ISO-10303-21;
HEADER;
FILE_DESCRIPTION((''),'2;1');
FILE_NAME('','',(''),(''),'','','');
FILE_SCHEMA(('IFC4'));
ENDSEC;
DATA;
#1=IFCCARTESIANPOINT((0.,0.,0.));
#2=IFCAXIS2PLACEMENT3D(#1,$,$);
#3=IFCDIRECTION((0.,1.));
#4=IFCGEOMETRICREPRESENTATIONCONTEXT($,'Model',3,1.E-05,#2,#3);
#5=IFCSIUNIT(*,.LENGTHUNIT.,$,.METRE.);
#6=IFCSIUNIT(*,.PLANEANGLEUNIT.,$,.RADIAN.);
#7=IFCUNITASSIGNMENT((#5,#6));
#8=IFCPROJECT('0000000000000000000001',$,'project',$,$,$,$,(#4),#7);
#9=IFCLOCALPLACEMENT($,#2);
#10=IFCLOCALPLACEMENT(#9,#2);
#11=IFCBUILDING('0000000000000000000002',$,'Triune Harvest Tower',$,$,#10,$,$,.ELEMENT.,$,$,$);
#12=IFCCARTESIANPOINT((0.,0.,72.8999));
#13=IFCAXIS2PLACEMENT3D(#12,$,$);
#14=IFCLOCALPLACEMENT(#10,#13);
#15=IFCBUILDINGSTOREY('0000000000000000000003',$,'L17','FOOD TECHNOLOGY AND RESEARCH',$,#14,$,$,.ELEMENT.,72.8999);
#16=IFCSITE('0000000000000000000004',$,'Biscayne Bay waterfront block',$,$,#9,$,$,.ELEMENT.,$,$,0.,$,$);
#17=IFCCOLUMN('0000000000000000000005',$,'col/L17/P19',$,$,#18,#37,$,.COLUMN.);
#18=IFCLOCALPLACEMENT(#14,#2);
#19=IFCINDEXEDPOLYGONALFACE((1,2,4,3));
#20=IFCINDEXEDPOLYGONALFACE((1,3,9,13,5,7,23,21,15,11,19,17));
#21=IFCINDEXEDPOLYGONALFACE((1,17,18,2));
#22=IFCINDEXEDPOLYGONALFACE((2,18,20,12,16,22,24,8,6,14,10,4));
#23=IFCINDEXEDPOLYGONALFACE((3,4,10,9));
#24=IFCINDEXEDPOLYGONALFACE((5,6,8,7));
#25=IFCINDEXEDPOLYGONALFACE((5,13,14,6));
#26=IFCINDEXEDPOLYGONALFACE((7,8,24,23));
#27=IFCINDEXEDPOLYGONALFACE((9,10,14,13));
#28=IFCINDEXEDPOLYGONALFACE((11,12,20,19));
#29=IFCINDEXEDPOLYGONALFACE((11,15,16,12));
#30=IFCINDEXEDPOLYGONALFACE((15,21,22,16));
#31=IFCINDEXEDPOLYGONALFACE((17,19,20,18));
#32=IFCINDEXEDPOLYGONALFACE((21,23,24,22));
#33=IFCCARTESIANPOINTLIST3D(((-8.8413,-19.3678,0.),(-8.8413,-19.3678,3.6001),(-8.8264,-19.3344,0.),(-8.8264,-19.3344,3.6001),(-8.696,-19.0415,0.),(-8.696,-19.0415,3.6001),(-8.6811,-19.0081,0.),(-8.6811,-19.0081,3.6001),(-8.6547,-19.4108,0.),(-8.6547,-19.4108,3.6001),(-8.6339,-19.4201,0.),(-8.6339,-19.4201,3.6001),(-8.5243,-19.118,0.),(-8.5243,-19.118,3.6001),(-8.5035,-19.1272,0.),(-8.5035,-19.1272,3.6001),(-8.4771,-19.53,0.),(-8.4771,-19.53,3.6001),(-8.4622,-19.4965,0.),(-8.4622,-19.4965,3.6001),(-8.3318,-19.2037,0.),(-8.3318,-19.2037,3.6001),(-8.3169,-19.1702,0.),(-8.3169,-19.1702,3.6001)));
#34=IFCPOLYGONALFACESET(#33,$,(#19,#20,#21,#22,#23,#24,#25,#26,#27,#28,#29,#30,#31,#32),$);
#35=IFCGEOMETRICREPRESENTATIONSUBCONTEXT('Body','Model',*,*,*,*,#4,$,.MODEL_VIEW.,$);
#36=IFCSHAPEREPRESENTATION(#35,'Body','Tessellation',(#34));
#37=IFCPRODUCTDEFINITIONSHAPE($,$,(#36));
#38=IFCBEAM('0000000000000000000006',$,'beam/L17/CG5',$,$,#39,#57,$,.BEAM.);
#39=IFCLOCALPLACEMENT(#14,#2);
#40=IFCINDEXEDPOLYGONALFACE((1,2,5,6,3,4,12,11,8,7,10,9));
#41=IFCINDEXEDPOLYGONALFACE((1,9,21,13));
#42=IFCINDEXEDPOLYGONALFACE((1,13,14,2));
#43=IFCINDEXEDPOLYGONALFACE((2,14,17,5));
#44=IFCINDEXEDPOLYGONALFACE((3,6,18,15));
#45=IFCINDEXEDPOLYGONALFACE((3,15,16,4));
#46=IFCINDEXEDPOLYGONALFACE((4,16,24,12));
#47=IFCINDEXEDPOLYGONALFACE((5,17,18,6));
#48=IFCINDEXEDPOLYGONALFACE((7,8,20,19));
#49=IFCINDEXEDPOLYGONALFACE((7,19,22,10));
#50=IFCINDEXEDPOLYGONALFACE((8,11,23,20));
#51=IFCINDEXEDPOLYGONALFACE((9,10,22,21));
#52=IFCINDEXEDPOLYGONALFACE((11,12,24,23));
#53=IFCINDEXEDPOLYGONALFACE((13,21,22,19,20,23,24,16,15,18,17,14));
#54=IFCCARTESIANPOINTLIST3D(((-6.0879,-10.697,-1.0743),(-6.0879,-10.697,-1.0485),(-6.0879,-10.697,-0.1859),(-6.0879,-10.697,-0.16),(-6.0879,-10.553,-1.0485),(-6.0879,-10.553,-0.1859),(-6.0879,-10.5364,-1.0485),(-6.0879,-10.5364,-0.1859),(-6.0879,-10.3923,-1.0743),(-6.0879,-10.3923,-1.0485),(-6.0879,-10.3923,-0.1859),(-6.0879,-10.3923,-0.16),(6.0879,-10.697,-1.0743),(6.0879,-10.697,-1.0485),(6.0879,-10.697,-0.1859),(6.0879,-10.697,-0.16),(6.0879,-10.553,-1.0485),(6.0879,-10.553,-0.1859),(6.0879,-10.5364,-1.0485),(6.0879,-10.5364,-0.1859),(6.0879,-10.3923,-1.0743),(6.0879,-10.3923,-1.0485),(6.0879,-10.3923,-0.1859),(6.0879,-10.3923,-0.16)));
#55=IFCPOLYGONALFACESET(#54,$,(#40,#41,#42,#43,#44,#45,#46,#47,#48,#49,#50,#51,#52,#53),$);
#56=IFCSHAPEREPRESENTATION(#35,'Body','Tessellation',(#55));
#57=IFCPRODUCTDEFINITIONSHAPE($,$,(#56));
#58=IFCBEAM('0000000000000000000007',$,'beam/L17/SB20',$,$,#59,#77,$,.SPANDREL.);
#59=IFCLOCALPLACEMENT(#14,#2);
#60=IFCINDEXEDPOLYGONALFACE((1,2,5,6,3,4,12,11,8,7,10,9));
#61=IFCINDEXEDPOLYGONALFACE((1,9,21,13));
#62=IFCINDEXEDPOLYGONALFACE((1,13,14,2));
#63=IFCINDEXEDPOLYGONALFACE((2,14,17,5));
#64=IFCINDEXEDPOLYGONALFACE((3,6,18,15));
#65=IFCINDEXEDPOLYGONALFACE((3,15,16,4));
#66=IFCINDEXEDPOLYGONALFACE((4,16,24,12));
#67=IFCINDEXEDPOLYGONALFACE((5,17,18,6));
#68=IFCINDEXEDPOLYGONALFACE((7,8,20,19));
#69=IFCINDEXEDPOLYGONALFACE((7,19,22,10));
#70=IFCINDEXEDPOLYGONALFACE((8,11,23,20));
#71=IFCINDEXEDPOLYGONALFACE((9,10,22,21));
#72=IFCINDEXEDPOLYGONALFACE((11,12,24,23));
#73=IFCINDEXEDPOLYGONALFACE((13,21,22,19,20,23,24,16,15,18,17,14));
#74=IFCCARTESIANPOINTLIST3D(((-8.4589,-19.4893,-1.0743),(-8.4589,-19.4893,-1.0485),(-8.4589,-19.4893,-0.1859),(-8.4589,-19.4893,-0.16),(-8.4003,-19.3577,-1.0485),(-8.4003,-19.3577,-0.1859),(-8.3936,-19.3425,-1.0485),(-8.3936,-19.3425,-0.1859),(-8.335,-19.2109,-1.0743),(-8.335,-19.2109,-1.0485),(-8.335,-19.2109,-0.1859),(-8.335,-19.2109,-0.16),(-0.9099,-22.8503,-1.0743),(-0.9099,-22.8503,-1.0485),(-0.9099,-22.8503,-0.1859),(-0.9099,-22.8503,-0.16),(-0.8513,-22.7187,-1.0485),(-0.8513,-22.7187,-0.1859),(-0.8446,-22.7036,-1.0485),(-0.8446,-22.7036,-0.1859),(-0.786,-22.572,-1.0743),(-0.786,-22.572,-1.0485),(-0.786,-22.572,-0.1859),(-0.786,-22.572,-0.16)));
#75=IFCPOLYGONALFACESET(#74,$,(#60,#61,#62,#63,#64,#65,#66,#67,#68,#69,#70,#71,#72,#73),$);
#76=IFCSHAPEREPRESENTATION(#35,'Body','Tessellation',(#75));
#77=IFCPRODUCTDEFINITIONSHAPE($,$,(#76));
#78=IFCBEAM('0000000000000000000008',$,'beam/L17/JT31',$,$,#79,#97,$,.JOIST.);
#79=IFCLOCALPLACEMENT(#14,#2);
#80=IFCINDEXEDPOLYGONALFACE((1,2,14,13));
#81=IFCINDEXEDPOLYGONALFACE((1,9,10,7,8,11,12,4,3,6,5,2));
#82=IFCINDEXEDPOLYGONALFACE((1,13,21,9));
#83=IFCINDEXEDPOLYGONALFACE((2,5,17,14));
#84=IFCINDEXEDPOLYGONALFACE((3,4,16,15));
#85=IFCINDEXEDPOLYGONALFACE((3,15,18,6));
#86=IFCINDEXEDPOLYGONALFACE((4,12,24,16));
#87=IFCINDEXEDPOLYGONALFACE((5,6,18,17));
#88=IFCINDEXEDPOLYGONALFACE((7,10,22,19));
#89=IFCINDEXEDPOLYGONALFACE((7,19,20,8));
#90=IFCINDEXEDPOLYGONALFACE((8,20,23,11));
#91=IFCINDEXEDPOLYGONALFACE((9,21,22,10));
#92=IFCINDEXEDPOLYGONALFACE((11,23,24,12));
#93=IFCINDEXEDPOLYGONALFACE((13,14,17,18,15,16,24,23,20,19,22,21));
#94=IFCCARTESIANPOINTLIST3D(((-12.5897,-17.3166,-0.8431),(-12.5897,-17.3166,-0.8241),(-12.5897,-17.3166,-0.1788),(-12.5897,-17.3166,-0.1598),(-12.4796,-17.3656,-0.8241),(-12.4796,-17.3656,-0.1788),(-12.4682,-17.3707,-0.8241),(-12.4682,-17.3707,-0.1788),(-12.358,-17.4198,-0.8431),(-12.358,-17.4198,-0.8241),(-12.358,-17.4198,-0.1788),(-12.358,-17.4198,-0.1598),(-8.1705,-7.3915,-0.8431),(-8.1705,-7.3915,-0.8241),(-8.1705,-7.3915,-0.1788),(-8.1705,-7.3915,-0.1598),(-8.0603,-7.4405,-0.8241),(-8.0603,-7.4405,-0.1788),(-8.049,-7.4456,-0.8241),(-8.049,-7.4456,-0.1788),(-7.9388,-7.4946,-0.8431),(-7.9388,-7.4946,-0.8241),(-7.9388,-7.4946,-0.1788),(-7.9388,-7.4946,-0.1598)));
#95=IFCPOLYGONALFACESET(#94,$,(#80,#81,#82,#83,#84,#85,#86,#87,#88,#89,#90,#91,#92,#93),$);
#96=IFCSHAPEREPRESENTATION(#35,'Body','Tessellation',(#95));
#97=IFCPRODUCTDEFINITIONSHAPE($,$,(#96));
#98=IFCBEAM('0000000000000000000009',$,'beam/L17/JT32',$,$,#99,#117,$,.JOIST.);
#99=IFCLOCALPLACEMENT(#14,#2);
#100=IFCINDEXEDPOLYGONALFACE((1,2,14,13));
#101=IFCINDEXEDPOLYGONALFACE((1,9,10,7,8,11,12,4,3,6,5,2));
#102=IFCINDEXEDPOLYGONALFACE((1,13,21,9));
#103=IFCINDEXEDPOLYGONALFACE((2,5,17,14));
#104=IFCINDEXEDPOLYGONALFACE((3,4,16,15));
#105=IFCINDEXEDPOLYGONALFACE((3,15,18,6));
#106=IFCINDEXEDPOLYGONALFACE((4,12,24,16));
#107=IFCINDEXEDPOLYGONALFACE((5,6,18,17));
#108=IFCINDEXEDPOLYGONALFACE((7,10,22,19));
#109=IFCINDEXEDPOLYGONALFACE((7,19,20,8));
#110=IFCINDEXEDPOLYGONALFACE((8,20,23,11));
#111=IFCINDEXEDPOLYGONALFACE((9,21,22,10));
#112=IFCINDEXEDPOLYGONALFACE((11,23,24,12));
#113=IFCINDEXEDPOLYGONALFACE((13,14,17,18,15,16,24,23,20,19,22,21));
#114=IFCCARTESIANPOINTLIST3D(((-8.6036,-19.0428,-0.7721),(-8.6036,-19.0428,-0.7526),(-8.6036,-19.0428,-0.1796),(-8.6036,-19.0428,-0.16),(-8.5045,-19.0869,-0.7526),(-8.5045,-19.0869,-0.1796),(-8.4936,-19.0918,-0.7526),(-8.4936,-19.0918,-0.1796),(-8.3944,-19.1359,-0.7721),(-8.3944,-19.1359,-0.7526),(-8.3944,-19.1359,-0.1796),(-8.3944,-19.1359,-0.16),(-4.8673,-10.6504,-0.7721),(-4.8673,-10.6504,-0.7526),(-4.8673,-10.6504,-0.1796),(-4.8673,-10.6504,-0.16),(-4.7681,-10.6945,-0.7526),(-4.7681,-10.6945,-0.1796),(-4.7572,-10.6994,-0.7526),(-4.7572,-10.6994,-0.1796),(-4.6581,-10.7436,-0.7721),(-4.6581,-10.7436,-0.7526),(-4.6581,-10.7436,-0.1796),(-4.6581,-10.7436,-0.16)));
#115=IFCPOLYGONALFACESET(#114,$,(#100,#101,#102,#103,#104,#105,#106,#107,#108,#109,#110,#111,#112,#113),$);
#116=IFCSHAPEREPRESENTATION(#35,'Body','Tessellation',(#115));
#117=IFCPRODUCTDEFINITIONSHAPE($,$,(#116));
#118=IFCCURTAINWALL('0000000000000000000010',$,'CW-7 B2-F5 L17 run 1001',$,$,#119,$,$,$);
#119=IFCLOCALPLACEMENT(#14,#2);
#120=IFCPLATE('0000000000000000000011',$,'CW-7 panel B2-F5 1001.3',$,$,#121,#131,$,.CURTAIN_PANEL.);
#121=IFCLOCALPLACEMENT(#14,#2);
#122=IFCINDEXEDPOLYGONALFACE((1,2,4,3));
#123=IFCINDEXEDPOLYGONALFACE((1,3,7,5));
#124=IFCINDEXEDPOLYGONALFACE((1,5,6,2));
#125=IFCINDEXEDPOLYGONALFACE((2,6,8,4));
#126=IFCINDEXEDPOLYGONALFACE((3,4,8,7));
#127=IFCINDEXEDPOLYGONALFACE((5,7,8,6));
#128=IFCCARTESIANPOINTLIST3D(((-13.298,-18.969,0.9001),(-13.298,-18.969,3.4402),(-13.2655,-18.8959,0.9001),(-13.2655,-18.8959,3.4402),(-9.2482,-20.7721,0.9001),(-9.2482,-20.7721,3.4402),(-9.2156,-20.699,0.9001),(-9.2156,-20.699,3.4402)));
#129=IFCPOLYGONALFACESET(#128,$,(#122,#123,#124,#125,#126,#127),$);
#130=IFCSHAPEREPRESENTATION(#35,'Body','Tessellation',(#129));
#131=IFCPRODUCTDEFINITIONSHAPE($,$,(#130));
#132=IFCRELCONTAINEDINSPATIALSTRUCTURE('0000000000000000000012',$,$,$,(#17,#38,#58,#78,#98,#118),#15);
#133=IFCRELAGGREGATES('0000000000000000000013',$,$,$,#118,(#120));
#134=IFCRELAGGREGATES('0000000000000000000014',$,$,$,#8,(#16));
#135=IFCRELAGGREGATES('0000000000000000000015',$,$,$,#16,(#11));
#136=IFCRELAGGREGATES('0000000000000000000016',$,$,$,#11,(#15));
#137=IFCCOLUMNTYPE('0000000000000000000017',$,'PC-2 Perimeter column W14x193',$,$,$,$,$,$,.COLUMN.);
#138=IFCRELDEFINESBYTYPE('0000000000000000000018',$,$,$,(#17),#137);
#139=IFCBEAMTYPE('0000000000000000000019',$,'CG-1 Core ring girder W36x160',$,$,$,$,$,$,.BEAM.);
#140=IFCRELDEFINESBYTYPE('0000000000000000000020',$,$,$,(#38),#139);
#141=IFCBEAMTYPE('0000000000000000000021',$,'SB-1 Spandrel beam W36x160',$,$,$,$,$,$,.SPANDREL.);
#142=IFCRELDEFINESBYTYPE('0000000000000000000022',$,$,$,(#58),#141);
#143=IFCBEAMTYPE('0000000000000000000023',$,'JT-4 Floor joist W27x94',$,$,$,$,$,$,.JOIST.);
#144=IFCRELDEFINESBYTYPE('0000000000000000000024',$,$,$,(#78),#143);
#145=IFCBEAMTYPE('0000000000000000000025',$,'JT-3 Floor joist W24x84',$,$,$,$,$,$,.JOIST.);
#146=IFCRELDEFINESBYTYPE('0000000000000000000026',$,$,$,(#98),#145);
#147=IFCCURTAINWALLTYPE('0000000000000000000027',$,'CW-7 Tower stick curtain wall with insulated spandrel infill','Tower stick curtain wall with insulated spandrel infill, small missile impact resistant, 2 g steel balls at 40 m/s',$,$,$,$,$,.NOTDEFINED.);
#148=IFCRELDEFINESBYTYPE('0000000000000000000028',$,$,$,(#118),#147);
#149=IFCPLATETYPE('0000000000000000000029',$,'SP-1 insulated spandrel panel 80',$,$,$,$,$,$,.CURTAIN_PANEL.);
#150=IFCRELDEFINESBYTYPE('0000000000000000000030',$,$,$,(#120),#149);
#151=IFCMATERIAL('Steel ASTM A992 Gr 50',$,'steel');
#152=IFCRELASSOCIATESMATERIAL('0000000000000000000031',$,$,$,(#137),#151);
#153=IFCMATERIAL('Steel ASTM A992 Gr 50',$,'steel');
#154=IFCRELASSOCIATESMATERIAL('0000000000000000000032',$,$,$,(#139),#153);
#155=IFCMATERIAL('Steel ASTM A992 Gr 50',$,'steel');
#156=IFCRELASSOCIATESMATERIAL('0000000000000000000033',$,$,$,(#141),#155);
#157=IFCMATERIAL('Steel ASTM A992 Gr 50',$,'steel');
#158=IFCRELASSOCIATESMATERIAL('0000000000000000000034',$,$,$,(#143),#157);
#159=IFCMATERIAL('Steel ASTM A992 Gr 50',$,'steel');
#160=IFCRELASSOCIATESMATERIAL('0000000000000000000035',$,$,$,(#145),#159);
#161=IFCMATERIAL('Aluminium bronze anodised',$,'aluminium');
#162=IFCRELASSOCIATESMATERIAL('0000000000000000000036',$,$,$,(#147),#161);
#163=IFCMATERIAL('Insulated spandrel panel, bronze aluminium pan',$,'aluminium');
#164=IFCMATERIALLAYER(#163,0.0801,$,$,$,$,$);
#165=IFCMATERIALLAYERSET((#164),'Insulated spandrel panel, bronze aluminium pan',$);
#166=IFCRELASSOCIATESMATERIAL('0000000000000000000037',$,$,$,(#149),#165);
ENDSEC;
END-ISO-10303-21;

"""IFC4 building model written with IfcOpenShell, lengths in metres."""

from ifc_helpers import new_model, si_unit, direction, frame, origin, origin_2d, place, context, subcontext, project, spatial, rectangle, i_section, extrude, source, transform, mapped, material, layer, layer_set, material_profile, profile_set, type_object, element, aggregate, save


model = new_model("IFC4")

# Units and contexts
model_context = context("Model", 3, precision=1e-05, world=origin(), true_north=direction((0.0, 1.0)))
body_context = subcontext(model_context, "Body", "Model", "MODEL_VIEW")
ifc_project = project(units=[si_unit("LENGTHUNIT", "METRE"), si_unit("PLANEANGLEUNIT", "RADIAN")], contexts=[model_context])

# Site, building, storey
site_placement = place(None, origin())
site = spatial("IfcSite", under=ifc_project, at=site_placement, Name="Biscayne Bay waterfront block", CompositionType="ELEMENT", RefElevation=0.0)
building_placement = place(site_placement, origin())
building = spatial("IfcBuilding", under=site, at=building_placement, Name="Triune Harvest Tower", CompositionType="ELEMENT")
storey_placement = place(building_placement, frame((0.0, 0.0, 72.8999)))
storey = spatial("IfcBuildingStorey", under=building, at=storey_placement, Name="L17", Description="FOOD TECHNOLOGY AND RESEARCH", CompositionType="ELEMENT", Elevation=72.8999)

# Column
ifc_material_1 = material(Name="Steel ASTM A992 Gr 50", Category="steel")
ifc_material_profile_1 = material_profile(ifc_material_1, i_section(OverallWidth=0.3987, OverallDepth=0.3938, WebThickness=0.0227, FlangeThickness=0.0366, at=origin_2d()), Name="W14x193")
ifc_profile_set_1 = profile_set([ifc_material_profile_1], Name="Steel ASTM A992 Gr 50")
column_type = type_object("IfcColumnType", Name="PC-2 Perimeter column W14x193", PredefinedType="COLUMN", material=ifc_profile_set_1)
shared_shape_1 = source(origin(), body_context, "Body", "SweptSolid", [
    extrude(i_section(OverallWidth=0.3987, OverallDepth=0.3938, WebThickness=0.0227, FlangeThickness=0.0366, at=origin_2d()), origin(), (0.0, 0.0, 1.0), 3.6001),
])
column_placement = place(storey_placement, frame((-8.5791, -19.269, 0.0), z_axis=(0.0, 0.0, 1.0), x_axis=(0.913545, -0.406737, 0.0)))
element("IfcColumn", 1, at=column_placement, inside=storey, type_object=column_type, Name="col/L17/P19", PredefinedType="COLUMN", context=body_context, shape_type="MappedRepresentation", body=[
    mapped(shared_shape_1, transform((0.0, 0.0, 0.0), scale=1.0)),
])

# Beams
ifc_material_2 = material(Name="Steel ASTM A992 Gr 50", Category="steel")
ifc_material_profile_2 = material_profile(ifc_material_2, i_section(OverallWidth=0.3047, OverallDepth=0.9143, WebThickness=0.0166, FlangeThickness=0.0259, at=origin_2d()), Name="W36x160")
ifc_profile_set_2 = profile_set([ifc_material_profile_2], Name="Steel ASTM A992 Gr 50")
beam_type_1 = type_object("IfcBeamType", Name="CG-1 Core ring girder W36x160", PredefinedType="BEAM", material=ifc_profile_set_2)
shared_shape_2 = source(origin(), body_context, "Body", "SweptSolid", [
    extrude(i_section(OverallWidth=0.3047, OverallDepth=0.9143, WebThickness=0.0166, FlangeThickness=0.0259, at=origin_2d()), origin(), (0.0, 0.0, 1.0), 12.1758),
])
beam_1_placement = place(storey_placement, frame((-6.0879, -10.5447, -0.6172), z_axis=(1.0, 0.0, 0.0), x_axis=(0.0, 1.0, 0.0)))
element("IfcBeam", 2, at=beam_1_placement, inside=storey, type_object=beam_type_1, Name="beam/L17/CG5", PredefinedType="BEAM", context=body_context, shape_type="MappedRepresentation", body=[
    mapped(shared_shape_2, transform((0.0, 0.0, 0.0), scale=1.0)),
])
ifc_material_3 = material(Name="Steel ASTM A992 Gr 50", Category="steel")
ifc_material_profile_3 = material_profile(ifc_material_3, i_section(OverallWidth=0.3047, OverallDepth=0.9143, WebThickness=0.0166, FlangeThickness=0.0259, at=origin_2d()), Name="W36x160")
ifc_profile_set_3 = profile_set([ifc_material_profile_3], Name="Steel ASTM A992 Gr 50")
beam_type_2 = type_object("IfcBeamType", Name="SB-1 Spandrel beam W36x160", PredefinedType="SPANDREL", material=ifc_profile_set_3)
shared_shape_3 = source(origin(), body_context, "Body", "SweptSolid", [
    extrude(i_section(OverallWidth=0.3047, OverallDepth=0.9143, WebThickness=0.0166, FlangeThickness=0.0259, at=origin_2d()), origin(), (0.0, 0.0, 1.0), 8.2634),
])
beam_2_placement = place(storey_placement, frame((-8.397, -19.3501, -0.6172), z_axis=(0.913545, -0.406739, 0.0), x_axis=(0.406739, 0.913545, 0.0)))
element("IfcBeam", 3, at=beam_2_placement, inside=storey, type_object=beam_type_2, Name="beam/L17/SB20", PredefinedType="SPANDREL", context=body_context, shape_type="MappedRepresentation", body=[
    mapped(shared_shape_3, transform((0.0, 0.0, 0.0), scale=1.0)),
])
ifc_material_4 = material(Name="Steel ASTM A992 Gr 50", Category="steel")
ifc_material_profile_4 = material_profile(ifc_material_4, i_section(OverallWidth=0.2537, OverallDepth=0.6833, WebThickness=0.0125, FlangeThickness=0.019, at=origin_2d()), Name="W27x94")
ifc_profile_set_4 = profile_set([ifc_material_profile_4], Name="Steel ASTM A992 Gr 50")
beam_type_3 = type_object("IfcBeamType", Name="JT-4 Floor joist W27x94", PredefinedType="JOIST", material=ifc_profile_set_4)
shared_shape_4 = source(origin(), body_context, "Body", "SweptSolid", [
    extrude(i_section(OverallWidth=0.2537, OverallDepth=0.6833, WebThickness=0.0125, FlangeThickness=0.019, at=origin_2d()), origin(), (0.0, 0.0, 1.0), 10.8645),
])
beam_3_placement = place(storey_placement, frame((-12.4739, -17.3682, -0.5015), z_axis=(0.406758, 0.913536, 0.0), x_axis=(-0.913536, 0.406758, 0.0)))
element("IfcBeam", 4, at=beam_3_placement, inside=storey, type_object=beam_type_3, Name="beam/L17/JT31", PredefinedType="JOIST", context=body_context, shape_type="MappedRepresentation", body=[
    mapped(shared_shape_4, transform((0.0, 0.0, 0.0), scale=1.0)),
])
ifc_material_5 = material(Name="Steel ASTM A992 Gr 50", Category="steel")
ifc_material_profile_5 = material_profile(ifc_material_5, i_section(OverallWidth=0.229, OverallDepth=0.6121, WebThickness=0.012, FlangeThickness=0.0195, at=origin_2d()), Name="W24x84")
ifc_profile_set_5 = profile_set([ifc_material_profile_5], Name="Steel ASTM A992 Gr 50")
beam_type_4 = type_object("IfcBeamType", Name="JT-3 Floor joist W24x84", PredefinedType="JOIST", material=ifc_profile_set_5)
shared_shape_5 = source(origin(), body_context, "Body", "SweptSolid", [
    extrude(i_section(OverallWidth=0.229, OverallDepth=0.6121, WebThickness=0.012, FlangeThickness=0.0195, at=origin_2d()), origin(), (0.0, 0.0, 1.0), 9.1865),
])
beam_4_placement = place(storey_placement, frame((-8.499, -19.0894, -0.4661), z_axis=(0.40672, 0.913553, 0.0), x_axis=(-0.913553, 0.40672, 0.0)))
element("IfcBeam", 5, at=beam_4_placement, inside=storey, type_object=beam_type_4, Name="beam/L17/JT32", PredefinedType="JOIST", context=body_context, shape_type="MappedRepresentation", body=[
    mapped(shared_shape_5, transform((0.0, 0.0, 0.0), scale=1.0)),
])

# Curtain wall, plate
ifc_material_6 = material(Name="Aluminium bronze anodised", Category="aluminium")
curtain_wall_type = type_object("IfcCurtainWallType", Name="CW-7 Tower stick curtain wall with insulated spandrel infill", Description="Tower stick curtain wall with insulated spandrel infill, small missile impact resistant, 2 g steel balls at 40 m/s", PredefinedType="NOTDEFINED", material=ifc_material_6)
curtain_wall_placement = place(storey_placement, origin())
curtain_wall = element("IfcCurtainWall", 6, at=curtain_wall_placement, inside=storey, type_object=curtain_wall_type, Name="CW-7 B2-F5 L17 run 1001")
ifc_material_7 = material(Name="Insulated spandrel panel, bronze aluminium pan", Category="aluminium")
ifc_layer_1 = layer(ifc_material_7, 0.0801)
ifc_layer_set_1 = layer_set([ifc_layer_1], Name="Insulated spandrel panel, bronze aluminium pan")
plate_type = type_object("IfcPlateType", Name="SP-1 insulated spandrel panel 80", PredefinedType="CURTAIN_PANEL", material=ifc_layer_set_1)
shared_shape_6 = source(origin(), body_context, "Body", "SweptSolid", [
    extrude(rectangle(XDim=4.4331, YDim=0.0801, at=origin_2d()), origin(), (0.0, 0.0, 1.0), 2.54),
])
plate_placement = place(storey_placement, frame((-11.2568, -19.834, 0.9001), z_axis=(0.0, 0.0, 1.0), x_axis=(0.913546, -0.406735, 0.0)))
plate = element("IfcPlate", 7, at=plate_placement, type_object=plate_type, Name="CW-7 panel B2-F5 1001.3", PredefinedType="CURTAIN_PANEL", context=body_context, shape_type="MappedRepresentation", body=[
    mapped(shared_shape_6, transform((0.0, 0.0, 0.0), scale=1.0)),
])
aggregate(curtain_wall, [plate])

save(model, "model.ifc")
